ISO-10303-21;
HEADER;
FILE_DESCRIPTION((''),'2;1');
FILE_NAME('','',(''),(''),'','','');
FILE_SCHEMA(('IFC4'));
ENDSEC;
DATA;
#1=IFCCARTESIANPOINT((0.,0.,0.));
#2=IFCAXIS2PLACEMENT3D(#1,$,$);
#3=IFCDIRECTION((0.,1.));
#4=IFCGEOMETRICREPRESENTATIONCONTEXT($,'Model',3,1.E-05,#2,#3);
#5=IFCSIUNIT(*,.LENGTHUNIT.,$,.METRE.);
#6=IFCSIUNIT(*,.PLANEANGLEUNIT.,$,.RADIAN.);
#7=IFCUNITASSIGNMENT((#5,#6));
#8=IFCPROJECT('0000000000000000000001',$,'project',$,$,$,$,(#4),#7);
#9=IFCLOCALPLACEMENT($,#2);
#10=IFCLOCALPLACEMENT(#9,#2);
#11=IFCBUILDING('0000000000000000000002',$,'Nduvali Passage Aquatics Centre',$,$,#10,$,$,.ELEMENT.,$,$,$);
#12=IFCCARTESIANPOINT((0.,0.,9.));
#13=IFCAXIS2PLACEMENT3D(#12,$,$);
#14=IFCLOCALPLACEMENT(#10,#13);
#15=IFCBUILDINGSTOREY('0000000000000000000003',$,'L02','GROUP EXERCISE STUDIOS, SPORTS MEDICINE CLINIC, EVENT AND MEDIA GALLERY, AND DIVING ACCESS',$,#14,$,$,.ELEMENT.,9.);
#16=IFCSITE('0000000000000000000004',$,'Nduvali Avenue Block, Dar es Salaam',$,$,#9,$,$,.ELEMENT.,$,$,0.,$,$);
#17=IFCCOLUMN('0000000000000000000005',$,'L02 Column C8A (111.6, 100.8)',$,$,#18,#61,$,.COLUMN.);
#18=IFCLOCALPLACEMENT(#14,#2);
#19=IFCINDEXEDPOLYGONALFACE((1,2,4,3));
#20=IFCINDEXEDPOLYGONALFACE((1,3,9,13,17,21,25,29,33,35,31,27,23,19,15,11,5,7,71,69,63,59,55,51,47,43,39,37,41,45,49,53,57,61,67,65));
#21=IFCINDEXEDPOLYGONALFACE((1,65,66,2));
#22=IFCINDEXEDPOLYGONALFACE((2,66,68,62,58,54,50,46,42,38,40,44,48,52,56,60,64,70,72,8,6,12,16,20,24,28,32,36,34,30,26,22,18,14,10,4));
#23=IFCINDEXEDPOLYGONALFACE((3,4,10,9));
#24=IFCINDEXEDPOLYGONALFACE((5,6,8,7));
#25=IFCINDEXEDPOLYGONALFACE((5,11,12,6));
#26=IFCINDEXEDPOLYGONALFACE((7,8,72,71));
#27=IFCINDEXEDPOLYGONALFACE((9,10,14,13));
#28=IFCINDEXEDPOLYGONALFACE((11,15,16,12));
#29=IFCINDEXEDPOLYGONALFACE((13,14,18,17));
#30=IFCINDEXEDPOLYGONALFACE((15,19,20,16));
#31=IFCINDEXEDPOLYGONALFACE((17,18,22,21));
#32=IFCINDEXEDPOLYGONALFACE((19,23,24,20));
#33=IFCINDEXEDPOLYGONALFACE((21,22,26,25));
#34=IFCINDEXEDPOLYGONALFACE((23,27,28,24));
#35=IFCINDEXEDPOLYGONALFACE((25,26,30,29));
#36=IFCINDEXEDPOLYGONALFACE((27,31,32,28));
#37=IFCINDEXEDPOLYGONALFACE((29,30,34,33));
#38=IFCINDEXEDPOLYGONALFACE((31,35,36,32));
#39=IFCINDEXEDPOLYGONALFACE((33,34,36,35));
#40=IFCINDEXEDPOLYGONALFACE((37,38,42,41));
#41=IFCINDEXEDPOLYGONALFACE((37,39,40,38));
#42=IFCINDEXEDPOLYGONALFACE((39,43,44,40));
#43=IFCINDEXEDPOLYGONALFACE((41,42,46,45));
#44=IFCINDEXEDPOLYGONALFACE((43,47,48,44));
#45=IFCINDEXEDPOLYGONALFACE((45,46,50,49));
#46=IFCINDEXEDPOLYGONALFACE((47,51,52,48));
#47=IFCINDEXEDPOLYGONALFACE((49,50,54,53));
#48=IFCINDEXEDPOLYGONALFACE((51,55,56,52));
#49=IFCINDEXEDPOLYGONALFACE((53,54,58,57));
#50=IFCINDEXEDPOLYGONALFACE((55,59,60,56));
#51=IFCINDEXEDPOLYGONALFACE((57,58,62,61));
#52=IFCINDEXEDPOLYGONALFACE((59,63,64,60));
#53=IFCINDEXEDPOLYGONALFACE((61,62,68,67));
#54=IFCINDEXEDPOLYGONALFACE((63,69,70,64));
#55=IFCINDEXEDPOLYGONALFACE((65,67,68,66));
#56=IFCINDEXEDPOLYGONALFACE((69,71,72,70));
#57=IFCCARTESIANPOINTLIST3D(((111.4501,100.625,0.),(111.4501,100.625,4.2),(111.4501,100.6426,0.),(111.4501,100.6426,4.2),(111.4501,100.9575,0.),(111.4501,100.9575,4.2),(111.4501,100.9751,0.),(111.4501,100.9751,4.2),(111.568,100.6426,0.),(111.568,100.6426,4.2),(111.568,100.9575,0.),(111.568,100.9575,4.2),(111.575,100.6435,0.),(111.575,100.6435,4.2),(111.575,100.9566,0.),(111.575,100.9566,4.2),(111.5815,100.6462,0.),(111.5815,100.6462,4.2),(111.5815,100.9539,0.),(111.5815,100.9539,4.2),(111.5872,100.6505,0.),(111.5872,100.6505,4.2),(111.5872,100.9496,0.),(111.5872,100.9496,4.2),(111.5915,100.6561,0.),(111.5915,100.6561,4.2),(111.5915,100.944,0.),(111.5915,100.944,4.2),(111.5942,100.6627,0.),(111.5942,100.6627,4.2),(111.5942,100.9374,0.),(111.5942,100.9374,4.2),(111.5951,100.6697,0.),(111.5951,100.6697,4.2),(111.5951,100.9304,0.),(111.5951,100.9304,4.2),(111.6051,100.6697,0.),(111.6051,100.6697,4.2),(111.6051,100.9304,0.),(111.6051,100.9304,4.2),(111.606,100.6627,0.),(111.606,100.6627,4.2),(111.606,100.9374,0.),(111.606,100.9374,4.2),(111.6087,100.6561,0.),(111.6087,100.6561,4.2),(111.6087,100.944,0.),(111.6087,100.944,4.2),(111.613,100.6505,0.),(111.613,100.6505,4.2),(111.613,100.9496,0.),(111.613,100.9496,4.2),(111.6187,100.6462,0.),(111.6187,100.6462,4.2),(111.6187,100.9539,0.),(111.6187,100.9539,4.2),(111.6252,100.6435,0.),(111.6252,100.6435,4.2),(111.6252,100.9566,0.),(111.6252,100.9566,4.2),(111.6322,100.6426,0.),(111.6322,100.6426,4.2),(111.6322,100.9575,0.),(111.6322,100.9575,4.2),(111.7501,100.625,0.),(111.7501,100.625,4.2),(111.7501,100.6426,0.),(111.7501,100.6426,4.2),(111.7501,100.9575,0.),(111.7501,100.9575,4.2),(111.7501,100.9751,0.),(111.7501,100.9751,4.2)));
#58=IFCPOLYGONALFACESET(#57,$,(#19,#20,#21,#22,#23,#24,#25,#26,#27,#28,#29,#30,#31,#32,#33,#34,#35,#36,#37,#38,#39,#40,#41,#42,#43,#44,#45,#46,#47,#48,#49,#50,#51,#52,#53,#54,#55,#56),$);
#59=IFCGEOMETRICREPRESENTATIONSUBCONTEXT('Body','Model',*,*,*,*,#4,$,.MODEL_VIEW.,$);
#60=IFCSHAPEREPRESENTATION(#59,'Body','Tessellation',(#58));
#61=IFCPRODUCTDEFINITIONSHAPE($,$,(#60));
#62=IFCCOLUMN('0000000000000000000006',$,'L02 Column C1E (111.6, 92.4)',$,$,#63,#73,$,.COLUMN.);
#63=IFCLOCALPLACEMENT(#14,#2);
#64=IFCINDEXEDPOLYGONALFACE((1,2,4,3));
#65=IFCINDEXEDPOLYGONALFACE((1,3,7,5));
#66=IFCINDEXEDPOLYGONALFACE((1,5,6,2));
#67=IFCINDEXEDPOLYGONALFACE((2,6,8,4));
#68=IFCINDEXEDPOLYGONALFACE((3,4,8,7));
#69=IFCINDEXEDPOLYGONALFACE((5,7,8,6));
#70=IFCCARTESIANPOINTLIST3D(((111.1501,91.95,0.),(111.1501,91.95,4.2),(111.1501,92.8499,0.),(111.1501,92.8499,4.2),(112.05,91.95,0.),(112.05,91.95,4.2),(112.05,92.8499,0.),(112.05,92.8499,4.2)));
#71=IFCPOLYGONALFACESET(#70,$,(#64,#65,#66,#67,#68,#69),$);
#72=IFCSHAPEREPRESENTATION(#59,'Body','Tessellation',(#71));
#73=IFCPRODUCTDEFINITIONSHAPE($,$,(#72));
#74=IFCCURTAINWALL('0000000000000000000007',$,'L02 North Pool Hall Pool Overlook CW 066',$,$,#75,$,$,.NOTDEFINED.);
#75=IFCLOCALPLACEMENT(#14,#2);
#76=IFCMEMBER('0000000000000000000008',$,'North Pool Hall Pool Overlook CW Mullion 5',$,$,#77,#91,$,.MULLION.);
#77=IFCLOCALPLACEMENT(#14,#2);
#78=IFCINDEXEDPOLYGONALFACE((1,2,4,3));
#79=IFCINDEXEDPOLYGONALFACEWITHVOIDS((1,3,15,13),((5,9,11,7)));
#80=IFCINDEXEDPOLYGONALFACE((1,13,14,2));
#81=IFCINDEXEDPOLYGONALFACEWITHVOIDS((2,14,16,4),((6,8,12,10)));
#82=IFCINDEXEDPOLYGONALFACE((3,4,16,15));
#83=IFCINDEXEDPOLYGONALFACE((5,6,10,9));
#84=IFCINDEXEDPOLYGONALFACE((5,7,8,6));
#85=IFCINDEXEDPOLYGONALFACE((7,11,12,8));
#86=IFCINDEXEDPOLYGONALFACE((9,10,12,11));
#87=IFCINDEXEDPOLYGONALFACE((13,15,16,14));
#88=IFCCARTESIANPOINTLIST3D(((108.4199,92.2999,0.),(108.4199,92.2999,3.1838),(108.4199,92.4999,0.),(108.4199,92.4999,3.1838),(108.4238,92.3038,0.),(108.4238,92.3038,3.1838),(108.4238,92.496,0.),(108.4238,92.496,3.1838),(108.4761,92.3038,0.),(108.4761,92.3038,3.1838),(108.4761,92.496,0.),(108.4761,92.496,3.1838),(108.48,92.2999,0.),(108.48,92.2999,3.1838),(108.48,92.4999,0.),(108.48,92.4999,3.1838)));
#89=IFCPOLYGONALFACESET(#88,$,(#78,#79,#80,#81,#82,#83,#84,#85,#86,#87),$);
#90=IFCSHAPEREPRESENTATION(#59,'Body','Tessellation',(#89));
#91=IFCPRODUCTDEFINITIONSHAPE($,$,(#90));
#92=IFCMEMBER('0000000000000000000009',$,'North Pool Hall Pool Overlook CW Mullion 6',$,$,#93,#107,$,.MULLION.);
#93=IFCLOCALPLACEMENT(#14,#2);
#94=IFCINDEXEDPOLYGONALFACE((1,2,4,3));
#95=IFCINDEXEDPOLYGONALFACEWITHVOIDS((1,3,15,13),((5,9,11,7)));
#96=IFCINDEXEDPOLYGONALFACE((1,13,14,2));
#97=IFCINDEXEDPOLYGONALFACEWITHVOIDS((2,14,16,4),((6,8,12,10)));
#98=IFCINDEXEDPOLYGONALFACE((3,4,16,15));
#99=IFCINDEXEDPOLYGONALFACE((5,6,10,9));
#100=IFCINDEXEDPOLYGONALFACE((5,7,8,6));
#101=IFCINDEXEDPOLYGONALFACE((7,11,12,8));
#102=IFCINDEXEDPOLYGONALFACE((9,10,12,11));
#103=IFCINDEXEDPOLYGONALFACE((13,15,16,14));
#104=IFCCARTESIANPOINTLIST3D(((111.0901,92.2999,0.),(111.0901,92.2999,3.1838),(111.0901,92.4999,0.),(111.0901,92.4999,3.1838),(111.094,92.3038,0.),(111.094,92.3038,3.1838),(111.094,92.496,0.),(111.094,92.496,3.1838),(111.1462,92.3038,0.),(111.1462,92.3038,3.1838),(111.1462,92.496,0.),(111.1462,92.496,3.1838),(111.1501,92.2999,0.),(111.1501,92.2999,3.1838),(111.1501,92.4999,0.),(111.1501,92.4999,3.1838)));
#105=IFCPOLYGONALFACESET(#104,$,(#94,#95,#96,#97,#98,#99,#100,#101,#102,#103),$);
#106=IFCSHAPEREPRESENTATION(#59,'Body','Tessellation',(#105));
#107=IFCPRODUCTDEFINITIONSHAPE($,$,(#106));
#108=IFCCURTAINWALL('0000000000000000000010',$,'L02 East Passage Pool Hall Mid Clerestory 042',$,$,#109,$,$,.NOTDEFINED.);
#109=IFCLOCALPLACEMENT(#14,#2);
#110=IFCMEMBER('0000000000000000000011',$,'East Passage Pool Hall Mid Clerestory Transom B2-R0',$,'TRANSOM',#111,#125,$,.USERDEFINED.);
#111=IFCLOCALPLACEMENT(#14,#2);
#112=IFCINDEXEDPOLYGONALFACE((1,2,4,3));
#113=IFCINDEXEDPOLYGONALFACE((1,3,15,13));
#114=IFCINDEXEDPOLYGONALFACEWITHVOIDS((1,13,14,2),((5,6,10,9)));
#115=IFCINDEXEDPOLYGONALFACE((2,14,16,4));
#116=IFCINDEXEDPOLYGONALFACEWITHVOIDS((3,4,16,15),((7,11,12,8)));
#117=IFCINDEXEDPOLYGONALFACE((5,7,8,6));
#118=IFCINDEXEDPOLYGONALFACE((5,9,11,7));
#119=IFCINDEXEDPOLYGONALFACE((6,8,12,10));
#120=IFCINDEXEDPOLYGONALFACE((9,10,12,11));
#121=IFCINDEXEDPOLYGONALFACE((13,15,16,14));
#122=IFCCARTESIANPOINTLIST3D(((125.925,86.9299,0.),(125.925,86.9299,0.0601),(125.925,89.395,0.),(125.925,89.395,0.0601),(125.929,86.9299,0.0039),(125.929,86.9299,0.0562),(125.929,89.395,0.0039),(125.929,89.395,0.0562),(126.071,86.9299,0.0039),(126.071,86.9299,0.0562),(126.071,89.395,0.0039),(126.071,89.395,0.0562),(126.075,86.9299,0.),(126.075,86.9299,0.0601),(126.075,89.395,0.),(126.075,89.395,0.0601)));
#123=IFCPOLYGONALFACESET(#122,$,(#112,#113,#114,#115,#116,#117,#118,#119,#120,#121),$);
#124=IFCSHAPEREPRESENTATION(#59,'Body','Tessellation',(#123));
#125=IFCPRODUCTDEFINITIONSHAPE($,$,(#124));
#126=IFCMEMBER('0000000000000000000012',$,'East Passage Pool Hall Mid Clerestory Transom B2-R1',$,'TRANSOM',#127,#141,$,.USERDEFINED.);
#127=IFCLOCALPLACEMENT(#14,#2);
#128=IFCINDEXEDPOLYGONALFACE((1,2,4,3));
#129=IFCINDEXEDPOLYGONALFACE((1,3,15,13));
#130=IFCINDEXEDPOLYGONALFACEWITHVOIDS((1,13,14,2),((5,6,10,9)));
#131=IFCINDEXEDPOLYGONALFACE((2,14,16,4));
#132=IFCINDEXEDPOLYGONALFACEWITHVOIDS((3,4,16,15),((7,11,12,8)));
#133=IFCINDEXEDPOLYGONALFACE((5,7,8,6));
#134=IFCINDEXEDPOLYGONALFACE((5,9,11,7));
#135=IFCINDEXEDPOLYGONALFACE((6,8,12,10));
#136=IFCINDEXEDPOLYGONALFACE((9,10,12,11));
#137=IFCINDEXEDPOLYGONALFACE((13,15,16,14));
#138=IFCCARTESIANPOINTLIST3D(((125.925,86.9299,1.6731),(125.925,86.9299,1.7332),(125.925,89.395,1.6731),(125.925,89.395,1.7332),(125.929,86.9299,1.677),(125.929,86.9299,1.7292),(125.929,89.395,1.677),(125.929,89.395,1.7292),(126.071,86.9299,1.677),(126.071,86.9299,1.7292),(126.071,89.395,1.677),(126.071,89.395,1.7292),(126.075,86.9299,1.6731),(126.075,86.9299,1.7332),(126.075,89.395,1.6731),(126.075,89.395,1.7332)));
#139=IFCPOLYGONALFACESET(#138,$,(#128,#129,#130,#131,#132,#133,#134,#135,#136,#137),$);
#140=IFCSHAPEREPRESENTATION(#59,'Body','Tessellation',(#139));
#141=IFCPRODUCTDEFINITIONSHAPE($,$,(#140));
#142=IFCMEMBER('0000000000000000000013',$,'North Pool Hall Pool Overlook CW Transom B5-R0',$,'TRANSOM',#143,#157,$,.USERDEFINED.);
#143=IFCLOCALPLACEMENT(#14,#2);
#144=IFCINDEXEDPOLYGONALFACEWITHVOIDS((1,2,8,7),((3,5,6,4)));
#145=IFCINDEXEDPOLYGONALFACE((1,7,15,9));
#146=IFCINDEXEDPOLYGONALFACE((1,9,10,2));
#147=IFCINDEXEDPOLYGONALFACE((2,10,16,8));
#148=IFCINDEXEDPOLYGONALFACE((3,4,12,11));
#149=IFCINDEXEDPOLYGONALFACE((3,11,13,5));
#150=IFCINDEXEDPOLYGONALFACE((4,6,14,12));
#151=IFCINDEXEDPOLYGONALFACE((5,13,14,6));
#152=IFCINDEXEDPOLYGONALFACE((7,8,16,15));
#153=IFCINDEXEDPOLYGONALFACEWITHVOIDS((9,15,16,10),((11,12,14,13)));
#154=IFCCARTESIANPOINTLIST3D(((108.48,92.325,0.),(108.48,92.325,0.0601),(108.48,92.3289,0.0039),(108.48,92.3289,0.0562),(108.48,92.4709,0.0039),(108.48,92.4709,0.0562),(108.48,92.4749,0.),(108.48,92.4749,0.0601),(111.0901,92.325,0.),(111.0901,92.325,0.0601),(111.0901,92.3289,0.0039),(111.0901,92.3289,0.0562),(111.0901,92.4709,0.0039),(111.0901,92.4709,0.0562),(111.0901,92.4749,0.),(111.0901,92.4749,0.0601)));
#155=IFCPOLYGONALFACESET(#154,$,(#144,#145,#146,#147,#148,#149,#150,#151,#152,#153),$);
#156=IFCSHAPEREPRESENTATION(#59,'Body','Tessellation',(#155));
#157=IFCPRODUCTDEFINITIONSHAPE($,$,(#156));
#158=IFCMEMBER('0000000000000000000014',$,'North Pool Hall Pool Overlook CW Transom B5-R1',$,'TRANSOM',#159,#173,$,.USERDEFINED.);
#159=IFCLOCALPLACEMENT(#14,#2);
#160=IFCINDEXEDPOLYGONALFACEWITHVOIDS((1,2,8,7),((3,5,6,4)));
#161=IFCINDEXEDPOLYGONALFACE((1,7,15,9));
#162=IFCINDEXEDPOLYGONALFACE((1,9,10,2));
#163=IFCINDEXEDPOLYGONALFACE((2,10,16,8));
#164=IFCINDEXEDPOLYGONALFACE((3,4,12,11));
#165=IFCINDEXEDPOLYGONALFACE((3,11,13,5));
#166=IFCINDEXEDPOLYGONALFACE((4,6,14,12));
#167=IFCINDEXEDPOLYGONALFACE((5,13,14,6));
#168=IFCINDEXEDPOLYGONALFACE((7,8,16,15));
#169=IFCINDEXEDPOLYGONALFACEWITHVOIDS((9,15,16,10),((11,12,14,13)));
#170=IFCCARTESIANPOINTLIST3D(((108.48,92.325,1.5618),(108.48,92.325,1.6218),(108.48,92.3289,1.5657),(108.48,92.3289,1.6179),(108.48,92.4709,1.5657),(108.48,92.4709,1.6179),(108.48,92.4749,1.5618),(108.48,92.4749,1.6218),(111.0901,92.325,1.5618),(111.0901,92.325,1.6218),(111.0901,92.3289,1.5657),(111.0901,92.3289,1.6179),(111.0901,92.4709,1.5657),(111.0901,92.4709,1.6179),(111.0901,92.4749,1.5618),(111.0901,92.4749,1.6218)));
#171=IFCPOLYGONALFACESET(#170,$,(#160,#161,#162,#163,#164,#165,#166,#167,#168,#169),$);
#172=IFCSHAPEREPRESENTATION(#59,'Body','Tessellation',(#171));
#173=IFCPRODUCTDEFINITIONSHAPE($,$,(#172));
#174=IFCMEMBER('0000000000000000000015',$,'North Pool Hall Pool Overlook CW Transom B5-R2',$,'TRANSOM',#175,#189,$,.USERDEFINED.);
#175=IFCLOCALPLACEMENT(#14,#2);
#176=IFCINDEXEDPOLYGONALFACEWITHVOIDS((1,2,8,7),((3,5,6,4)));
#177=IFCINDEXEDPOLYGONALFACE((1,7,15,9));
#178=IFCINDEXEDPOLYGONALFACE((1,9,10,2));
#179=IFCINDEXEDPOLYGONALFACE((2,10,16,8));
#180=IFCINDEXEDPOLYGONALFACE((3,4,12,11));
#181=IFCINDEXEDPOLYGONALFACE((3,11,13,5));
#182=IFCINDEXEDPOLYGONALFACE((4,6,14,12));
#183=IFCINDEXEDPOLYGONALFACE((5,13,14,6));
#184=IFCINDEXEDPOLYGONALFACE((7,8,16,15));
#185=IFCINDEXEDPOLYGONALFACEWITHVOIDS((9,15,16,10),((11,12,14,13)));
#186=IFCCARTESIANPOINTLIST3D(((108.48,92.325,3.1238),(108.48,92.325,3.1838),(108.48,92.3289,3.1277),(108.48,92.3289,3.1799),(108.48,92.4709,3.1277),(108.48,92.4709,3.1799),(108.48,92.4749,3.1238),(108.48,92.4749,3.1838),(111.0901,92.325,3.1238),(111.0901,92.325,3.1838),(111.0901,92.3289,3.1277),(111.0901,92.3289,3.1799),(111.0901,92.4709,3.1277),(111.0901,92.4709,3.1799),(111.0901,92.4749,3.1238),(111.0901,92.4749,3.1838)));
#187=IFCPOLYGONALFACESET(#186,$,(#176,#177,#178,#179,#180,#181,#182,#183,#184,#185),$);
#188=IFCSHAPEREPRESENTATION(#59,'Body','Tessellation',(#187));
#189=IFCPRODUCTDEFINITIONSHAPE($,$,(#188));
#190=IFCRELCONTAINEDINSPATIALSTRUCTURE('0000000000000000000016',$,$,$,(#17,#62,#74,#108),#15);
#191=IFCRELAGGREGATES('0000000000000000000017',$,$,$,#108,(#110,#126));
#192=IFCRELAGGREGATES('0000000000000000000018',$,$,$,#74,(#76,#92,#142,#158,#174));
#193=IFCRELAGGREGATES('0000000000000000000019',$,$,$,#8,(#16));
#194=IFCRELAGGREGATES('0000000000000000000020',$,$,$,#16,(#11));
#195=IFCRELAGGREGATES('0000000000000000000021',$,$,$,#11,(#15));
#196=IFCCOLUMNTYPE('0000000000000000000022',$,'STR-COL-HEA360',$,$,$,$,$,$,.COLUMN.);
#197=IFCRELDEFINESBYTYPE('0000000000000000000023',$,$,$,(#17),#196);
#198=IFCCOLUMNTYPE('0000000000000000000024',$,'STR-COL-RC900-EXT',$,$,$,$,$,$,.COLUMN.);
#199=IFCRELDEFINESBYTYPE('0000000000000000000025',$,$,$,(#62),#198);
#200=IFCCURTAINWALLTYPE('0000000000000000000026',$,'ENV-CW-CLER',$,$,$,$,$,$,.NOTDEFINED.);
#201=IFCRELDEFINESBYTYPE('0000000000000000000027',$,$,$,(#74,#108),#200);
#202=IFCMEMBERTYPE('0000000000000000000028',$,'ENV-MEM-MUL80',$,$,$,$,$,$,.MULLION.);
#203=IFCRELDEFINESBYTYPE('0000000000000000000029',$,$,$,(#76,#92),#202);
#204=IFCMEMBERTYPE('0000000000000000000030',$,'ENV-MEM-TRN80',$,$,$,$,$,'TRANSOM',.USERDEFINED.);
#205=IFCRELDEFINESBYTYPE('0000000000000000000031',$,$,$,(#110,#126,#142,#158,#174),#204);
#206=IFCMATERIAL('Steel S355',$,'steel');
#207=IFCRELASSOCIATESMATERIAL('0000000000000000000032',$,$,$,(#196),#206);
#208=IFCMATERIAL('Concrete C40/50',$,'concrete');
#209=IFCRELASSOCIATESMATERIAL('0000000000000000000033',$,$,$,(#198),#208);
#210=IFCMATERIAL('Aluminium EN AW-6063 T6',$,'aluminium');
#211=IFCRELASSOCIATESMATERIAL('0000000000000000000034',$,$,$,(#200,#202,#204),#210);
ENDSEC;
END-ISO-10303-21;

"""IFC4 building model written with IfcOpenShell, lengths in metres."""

from ifc_helpers import new_model, si_unit, direction, frame, origin, origin_2d, place, context, subcontext, project, spatial, rectangle, hollow_rectangle, i_section, extrude, material, material_profile, profile_set, type_object, element, aggregate, save


model = new_model("IFC4")

# Units and contexts
model_context = context("Model", 3, precision=1e-05, world=origin(), true_north=direction((0.0, 1.0)))
body_context = subcontext(model_context, "Body", "Model", "MODEL_VIEW")
ifc_project = project(units=[si_unit("LENGTHUNIT", "METRE"), si_unit("PLANEANGLEUNIT", "RADIAN")], contexts=[model_context])

# Site, building, storey
site_placement = place(None, origin())
site = spatial("IfcSite", under=ifc_project, at=site_placement, Name="Nduvali Avenue Block, Dar es Salaam", CompositionType="ELEMENT", RefElevation=0.0)
building_placement = place(site_placement, origin())
building = spatial("IfcBuilding", under=site, at=building_placement, Name="Nduvali Passage Aquatics Centre", CompositionType="ELEMENT")
storey_placement = place(building_placement, frame((0.0, 0.0, 9.0)))
storey = spatial("IfcBuildingStorey", under=building, at=storey_placement, Name="L02", Description="GROUP EXERCISE STUDIOS, SPORTS MEDICINE CLINIC, EVENT AND MEDIA GALLERY, AND DIVING ACCESS", CompositionType="ELEMENT", Elevation=9.0)

# Columns
ifc_material_1 = material(Name="Steel S355", Category="steel")
ifc_material_profile_1 = material_profile(ifc_material_1, i_section(OverallWidth=0.3, OverallDepth=0.3501, WebThickness=0.01, FlangeThickness=0.0176, FilletRadius=0.0271, at=origin_2d()), Name="HEA 360")
ifc_profile_set_1 = profile_set([ifc_material_profile_1], Name="Steel S355")
column_type_1 = type_object("IfcColumnType", Name="STR-COL-HEA360", PredefinedType="COLUMN", material=ifc_profile_set_1)
column_1_placement = place(storey_placement, frame((111.6001, 100.8, 0.0), z_axis=(0.0, 0.0, 1.0), x_axis=(1.0, 0.0, 0.0)))
element("IfcColumn", 1, at=column_1_placement, inside=storey, type_object=column_type_1, Name="L02 Column C8A (111.6, 100.8)", PredefinedType="COLUMN", context=body_context, shape_type="SweptSolid", body=[
    extrude(i_section(OverallWidth=0.3, OverallDepth=0.3501, WebThickness=0.01, FlangeThickness=0.0176, FilletRadius=0.0271, at=origin_2d()), origin(), (0.0, 0.0, 1.0), 4.2),
])
ifc_material_2 = material(Name="Concrete C40/50", Category="concrete")
ifc_material_profile_2 = material_profile(ifc_material_2, rectangle(XDim=0.8999, YDim=0.8999, at=origin_2d()), Name="RC 900x900")
ifc_profile_set_2 = profile_set([ifc_material_profile_2], Name="Concrete C40/50")
column_type_2 = type_object("IfcColumnType", Name="STR-COL-RC900-EXT", PredefinedType="COLUMN", material=ifc_profile_set_2)
column_2_placement = place(storey_placement, frame((111.6001, 92.3999, 0.0), z_axis=(0.0, 0.0, 1.0), x_axis=(1.0, 0.0, 0.0)))
element("IfcColumn", 2, at=column_2_placement, inside=storey, type_object=column_type_2, Name="L02 Column C1E (111.6, 92.4)", PredefinedType="COLUMN", context=body_context, shape_type="SweptSolid", body=[
    extrude(rectangle(XDim=0.8999, YDim=0.8999, at=origin_2d()), origin(), (0.0, 0.0, 1.0), 4.2),
])

# Curtain walls, members
ifc_material_3 = material(Name="Aluminium EN AW-6063 T6", Category="aluminium")
curtain_wall_type = type_object("IfcCurtainWallType", Name="ENV-CW-CLER", PredefinedType="NOTDEFINED", material=ifc_material_3)
curtain_wall_1_placement = place(storey_placement, origin())
curtain_wall_1 = element("IfcCurtainWall", 3, at=curtain_wall_1_placement, inside=storey, type_object=curtain_wall_type, Name="L02 North Pool Hall Pool Overlook CW 066", PredefinedType="NOTDEFINED")
ifc_material_profile_3 = material_profile(ifc_material_3, hollow_rectangle(XDim=0.0601, YDim=0.2, WallThickness=0.0039, at=origin_2d()), Name="ALU MULLION 60x200x4")
ifc_profile_set_3 = profile_set([ifc_material_profile_3], Name="Aluminium EN AW-6063 T6")
member_type_1 = type_object("IfcMemberType", Name="ENV-MEM-MUL80", PredefinedType="MULLION", material=ifc_profile_set_3)
member_1_placement = place(storey_placement, frame((108.45, 92.3999, 0.0), z_axis=(0.0, 0.0, 1.0), x_axis=(1.0, 0.0, 0.0)))
member_1 = element("IfcMember", 4, at=member_1_placement, type_object=member_type_1, Name="North Pool Hall Pool Overlook CW Mullion 5", PredefinedType="MULLION", context=body_context, shape_type="SweptSolid", body=[
    extrude(hollow_rectangle(XDim=0.0601, YDim=0.2, WallThickness=0.0039, at=origin_2d()), origin(), (0.0, 0.0, 1.0), 3.1838),
])
member_2_placement = place(storey_placement, frame((111.1201, 92.3999, 0.0), z_axis=(0.0, 0.0, 1.0), x_axis=(1.0, 0.0, 0.0)))
member_2 = element("IfcMember", 5, at=member_2_placement, type_object=member_type_1, Name="North Pool Hall Pool Overlook CW Mullion 6", PredefinedType="MULLION", context=body_context, shape_type="SweptSolid", body=[
    extrude(hollow_rectangle(XDim=0.0601, YDim=0.2, WallThickness=0.0039, at=origin_2d()), origin(), (0.0, 0.0, 1.0), 3.1838),
])
curtain_wall_2_placement = place(storey_placement, origin())
curtain_wall_2 = element("IfcCurtainWall", 6, at=curtain_wall_2_placement, inside=storey, type_object=curtain_wall_type, Name="L02 East Passage Pool Hall Mid Clerestory 042", PredefinedType="NOTDEFINED")
ifc_material_profile_4 = material_profile(ifc_material_3, hollow_rectangle(XDim=0.1499, YDim=0.0601, WallThickness=0.0039, at=origin_2d()), Name="ALU TRANSOM 150x60x4")
ifc_profile_set_4 = profile_set([ifc_material_profile_4], Name="Aluminium EN AW-6063 T6")
member_type_2 = type_object("IfcMemberType", Name="ENV-MEM-TRN80", ElementType="TRANSOM", PredefinedType="USERDEFINED", material=ifc_profile_set_4)
member_3_placement = place(storey_placement, frame((126.0, 86.9299, 0.03), z_axis=(0.0, 1.0, 0.0), x_axis=(-1.0, 0.0, 0.0)))
member_3 = element("IfcMember", 7, at=member_3_placement, type_object=member_type_2, Name="East Passage Pool Hall Mid Clerestory Transom B2-R0", ObjectType="TRANSOM", PredefinedType="USERDEFINED", context=body_context, shape_type="SweptSolid", body=[
    extrude(hollow_rectangle(XDim=0.1499, YDim=0.0601, WallThickness=0.0039, at=origin_2d()), origin(), (0.0, 0.0, 1.0), 2.4651),
])
member_4_placement = place(storey_placement, frame((126.0, 86.9299, 1.7031), z_axis=(0.0, 1.0, 0.0), x_axis=(-1.0, 0.0, 0.0)))
member_4 = element("IfcMember", 8, at=member_4_placement, type_object=member_type_2, Name="East Passage Pool Hall Mid Clerestory Transom B2-R1", ObjectType="TRANSOM", PredefinedType="USERDEFINED", context=body_context, shape_type="SweptSolid", body=[
    extrude(hollow_rectangle(XDim=0.1499, YDim=0.0601, WallThickness=0.0039, at=origin_2d()), origin(), (0.0, 0.0, 1.0), 2.4651),
])
aggregate(curtain_wall_2, [member_3, member_4])

# Members
member_5_placement = place(storey_placement, frame((108.48, 92.3999, 0.03), z_axis=(1.0, 0.0, 0.0), x_axis=(0.0, 1.0, 0.0)))
member_5 = element("IfcMember", 9, at=member_5_placement, type_object=member_type_2, Name="North Pool Hall Pool Overlook CW Transom B5-R0", ObjectType="TRANSOM", PredefinedType="USERDEFINED", context=body_context, shape_type="SweptSolid", body=[
    extrude(hollow_rectangle(XDim=0.1499, YDim=0.0601, WallThickness=0.0039, at=origin_2d()), origin(), (0.0, 0.0, 1.0), 2.6101),
])
member_6_placement = place(storey_placement, frame((108.48, 92.3999, 1.5918), z_axis=(1.0, 0.0, 0.0), x_axis=(0.0, 1.0, 0.0)))
member_6 = element("IfcMember", 10, at=member_6_placement, type_object=member_type_2, Name="North Pool Hall Pool Overlook CW Transom B5-R1", ObjectType="TRANSOM", PredefinedType="USERDEFINED", context=body_context, shape_type="SweptSolid", body=[
    extrude(hollow_rectangle(XDim=0.1499, YDim=0.0601, WallThickness=0.0039, at=origin_2d()), origin(), (0.0, 0.0, 1.0), 2.6101),
])
member_7_placement = place(storey_placement, frame((108.48, 92.3999, 3.1538), z_axis=(1.0, 0.0, 0.0), x_axis=(0.0, 1.0, 0.0)))
member_7 = element("IfcMember", 11, at=member_7_placement, type_object=member_type_2, Name="North Pool Hall Pool Overlook CW Transom B5-R2", ObjectType="TRANSOM", PredefinedType="USERDEFINED", context=body_context, shape_type="SweptSolid", body=[
    extrude(hollow_rectangle(XDim=0.1499, YDim=0.0601, WallThickness=0.0039, at=origin_2d()), origin(), (0.0, 0.0, 1.0), 2.6101),
])

aggregate(curtain_wall_1, [member_1, member_2, member_5, member_6, member_7])

save(model, "model.ifc")
